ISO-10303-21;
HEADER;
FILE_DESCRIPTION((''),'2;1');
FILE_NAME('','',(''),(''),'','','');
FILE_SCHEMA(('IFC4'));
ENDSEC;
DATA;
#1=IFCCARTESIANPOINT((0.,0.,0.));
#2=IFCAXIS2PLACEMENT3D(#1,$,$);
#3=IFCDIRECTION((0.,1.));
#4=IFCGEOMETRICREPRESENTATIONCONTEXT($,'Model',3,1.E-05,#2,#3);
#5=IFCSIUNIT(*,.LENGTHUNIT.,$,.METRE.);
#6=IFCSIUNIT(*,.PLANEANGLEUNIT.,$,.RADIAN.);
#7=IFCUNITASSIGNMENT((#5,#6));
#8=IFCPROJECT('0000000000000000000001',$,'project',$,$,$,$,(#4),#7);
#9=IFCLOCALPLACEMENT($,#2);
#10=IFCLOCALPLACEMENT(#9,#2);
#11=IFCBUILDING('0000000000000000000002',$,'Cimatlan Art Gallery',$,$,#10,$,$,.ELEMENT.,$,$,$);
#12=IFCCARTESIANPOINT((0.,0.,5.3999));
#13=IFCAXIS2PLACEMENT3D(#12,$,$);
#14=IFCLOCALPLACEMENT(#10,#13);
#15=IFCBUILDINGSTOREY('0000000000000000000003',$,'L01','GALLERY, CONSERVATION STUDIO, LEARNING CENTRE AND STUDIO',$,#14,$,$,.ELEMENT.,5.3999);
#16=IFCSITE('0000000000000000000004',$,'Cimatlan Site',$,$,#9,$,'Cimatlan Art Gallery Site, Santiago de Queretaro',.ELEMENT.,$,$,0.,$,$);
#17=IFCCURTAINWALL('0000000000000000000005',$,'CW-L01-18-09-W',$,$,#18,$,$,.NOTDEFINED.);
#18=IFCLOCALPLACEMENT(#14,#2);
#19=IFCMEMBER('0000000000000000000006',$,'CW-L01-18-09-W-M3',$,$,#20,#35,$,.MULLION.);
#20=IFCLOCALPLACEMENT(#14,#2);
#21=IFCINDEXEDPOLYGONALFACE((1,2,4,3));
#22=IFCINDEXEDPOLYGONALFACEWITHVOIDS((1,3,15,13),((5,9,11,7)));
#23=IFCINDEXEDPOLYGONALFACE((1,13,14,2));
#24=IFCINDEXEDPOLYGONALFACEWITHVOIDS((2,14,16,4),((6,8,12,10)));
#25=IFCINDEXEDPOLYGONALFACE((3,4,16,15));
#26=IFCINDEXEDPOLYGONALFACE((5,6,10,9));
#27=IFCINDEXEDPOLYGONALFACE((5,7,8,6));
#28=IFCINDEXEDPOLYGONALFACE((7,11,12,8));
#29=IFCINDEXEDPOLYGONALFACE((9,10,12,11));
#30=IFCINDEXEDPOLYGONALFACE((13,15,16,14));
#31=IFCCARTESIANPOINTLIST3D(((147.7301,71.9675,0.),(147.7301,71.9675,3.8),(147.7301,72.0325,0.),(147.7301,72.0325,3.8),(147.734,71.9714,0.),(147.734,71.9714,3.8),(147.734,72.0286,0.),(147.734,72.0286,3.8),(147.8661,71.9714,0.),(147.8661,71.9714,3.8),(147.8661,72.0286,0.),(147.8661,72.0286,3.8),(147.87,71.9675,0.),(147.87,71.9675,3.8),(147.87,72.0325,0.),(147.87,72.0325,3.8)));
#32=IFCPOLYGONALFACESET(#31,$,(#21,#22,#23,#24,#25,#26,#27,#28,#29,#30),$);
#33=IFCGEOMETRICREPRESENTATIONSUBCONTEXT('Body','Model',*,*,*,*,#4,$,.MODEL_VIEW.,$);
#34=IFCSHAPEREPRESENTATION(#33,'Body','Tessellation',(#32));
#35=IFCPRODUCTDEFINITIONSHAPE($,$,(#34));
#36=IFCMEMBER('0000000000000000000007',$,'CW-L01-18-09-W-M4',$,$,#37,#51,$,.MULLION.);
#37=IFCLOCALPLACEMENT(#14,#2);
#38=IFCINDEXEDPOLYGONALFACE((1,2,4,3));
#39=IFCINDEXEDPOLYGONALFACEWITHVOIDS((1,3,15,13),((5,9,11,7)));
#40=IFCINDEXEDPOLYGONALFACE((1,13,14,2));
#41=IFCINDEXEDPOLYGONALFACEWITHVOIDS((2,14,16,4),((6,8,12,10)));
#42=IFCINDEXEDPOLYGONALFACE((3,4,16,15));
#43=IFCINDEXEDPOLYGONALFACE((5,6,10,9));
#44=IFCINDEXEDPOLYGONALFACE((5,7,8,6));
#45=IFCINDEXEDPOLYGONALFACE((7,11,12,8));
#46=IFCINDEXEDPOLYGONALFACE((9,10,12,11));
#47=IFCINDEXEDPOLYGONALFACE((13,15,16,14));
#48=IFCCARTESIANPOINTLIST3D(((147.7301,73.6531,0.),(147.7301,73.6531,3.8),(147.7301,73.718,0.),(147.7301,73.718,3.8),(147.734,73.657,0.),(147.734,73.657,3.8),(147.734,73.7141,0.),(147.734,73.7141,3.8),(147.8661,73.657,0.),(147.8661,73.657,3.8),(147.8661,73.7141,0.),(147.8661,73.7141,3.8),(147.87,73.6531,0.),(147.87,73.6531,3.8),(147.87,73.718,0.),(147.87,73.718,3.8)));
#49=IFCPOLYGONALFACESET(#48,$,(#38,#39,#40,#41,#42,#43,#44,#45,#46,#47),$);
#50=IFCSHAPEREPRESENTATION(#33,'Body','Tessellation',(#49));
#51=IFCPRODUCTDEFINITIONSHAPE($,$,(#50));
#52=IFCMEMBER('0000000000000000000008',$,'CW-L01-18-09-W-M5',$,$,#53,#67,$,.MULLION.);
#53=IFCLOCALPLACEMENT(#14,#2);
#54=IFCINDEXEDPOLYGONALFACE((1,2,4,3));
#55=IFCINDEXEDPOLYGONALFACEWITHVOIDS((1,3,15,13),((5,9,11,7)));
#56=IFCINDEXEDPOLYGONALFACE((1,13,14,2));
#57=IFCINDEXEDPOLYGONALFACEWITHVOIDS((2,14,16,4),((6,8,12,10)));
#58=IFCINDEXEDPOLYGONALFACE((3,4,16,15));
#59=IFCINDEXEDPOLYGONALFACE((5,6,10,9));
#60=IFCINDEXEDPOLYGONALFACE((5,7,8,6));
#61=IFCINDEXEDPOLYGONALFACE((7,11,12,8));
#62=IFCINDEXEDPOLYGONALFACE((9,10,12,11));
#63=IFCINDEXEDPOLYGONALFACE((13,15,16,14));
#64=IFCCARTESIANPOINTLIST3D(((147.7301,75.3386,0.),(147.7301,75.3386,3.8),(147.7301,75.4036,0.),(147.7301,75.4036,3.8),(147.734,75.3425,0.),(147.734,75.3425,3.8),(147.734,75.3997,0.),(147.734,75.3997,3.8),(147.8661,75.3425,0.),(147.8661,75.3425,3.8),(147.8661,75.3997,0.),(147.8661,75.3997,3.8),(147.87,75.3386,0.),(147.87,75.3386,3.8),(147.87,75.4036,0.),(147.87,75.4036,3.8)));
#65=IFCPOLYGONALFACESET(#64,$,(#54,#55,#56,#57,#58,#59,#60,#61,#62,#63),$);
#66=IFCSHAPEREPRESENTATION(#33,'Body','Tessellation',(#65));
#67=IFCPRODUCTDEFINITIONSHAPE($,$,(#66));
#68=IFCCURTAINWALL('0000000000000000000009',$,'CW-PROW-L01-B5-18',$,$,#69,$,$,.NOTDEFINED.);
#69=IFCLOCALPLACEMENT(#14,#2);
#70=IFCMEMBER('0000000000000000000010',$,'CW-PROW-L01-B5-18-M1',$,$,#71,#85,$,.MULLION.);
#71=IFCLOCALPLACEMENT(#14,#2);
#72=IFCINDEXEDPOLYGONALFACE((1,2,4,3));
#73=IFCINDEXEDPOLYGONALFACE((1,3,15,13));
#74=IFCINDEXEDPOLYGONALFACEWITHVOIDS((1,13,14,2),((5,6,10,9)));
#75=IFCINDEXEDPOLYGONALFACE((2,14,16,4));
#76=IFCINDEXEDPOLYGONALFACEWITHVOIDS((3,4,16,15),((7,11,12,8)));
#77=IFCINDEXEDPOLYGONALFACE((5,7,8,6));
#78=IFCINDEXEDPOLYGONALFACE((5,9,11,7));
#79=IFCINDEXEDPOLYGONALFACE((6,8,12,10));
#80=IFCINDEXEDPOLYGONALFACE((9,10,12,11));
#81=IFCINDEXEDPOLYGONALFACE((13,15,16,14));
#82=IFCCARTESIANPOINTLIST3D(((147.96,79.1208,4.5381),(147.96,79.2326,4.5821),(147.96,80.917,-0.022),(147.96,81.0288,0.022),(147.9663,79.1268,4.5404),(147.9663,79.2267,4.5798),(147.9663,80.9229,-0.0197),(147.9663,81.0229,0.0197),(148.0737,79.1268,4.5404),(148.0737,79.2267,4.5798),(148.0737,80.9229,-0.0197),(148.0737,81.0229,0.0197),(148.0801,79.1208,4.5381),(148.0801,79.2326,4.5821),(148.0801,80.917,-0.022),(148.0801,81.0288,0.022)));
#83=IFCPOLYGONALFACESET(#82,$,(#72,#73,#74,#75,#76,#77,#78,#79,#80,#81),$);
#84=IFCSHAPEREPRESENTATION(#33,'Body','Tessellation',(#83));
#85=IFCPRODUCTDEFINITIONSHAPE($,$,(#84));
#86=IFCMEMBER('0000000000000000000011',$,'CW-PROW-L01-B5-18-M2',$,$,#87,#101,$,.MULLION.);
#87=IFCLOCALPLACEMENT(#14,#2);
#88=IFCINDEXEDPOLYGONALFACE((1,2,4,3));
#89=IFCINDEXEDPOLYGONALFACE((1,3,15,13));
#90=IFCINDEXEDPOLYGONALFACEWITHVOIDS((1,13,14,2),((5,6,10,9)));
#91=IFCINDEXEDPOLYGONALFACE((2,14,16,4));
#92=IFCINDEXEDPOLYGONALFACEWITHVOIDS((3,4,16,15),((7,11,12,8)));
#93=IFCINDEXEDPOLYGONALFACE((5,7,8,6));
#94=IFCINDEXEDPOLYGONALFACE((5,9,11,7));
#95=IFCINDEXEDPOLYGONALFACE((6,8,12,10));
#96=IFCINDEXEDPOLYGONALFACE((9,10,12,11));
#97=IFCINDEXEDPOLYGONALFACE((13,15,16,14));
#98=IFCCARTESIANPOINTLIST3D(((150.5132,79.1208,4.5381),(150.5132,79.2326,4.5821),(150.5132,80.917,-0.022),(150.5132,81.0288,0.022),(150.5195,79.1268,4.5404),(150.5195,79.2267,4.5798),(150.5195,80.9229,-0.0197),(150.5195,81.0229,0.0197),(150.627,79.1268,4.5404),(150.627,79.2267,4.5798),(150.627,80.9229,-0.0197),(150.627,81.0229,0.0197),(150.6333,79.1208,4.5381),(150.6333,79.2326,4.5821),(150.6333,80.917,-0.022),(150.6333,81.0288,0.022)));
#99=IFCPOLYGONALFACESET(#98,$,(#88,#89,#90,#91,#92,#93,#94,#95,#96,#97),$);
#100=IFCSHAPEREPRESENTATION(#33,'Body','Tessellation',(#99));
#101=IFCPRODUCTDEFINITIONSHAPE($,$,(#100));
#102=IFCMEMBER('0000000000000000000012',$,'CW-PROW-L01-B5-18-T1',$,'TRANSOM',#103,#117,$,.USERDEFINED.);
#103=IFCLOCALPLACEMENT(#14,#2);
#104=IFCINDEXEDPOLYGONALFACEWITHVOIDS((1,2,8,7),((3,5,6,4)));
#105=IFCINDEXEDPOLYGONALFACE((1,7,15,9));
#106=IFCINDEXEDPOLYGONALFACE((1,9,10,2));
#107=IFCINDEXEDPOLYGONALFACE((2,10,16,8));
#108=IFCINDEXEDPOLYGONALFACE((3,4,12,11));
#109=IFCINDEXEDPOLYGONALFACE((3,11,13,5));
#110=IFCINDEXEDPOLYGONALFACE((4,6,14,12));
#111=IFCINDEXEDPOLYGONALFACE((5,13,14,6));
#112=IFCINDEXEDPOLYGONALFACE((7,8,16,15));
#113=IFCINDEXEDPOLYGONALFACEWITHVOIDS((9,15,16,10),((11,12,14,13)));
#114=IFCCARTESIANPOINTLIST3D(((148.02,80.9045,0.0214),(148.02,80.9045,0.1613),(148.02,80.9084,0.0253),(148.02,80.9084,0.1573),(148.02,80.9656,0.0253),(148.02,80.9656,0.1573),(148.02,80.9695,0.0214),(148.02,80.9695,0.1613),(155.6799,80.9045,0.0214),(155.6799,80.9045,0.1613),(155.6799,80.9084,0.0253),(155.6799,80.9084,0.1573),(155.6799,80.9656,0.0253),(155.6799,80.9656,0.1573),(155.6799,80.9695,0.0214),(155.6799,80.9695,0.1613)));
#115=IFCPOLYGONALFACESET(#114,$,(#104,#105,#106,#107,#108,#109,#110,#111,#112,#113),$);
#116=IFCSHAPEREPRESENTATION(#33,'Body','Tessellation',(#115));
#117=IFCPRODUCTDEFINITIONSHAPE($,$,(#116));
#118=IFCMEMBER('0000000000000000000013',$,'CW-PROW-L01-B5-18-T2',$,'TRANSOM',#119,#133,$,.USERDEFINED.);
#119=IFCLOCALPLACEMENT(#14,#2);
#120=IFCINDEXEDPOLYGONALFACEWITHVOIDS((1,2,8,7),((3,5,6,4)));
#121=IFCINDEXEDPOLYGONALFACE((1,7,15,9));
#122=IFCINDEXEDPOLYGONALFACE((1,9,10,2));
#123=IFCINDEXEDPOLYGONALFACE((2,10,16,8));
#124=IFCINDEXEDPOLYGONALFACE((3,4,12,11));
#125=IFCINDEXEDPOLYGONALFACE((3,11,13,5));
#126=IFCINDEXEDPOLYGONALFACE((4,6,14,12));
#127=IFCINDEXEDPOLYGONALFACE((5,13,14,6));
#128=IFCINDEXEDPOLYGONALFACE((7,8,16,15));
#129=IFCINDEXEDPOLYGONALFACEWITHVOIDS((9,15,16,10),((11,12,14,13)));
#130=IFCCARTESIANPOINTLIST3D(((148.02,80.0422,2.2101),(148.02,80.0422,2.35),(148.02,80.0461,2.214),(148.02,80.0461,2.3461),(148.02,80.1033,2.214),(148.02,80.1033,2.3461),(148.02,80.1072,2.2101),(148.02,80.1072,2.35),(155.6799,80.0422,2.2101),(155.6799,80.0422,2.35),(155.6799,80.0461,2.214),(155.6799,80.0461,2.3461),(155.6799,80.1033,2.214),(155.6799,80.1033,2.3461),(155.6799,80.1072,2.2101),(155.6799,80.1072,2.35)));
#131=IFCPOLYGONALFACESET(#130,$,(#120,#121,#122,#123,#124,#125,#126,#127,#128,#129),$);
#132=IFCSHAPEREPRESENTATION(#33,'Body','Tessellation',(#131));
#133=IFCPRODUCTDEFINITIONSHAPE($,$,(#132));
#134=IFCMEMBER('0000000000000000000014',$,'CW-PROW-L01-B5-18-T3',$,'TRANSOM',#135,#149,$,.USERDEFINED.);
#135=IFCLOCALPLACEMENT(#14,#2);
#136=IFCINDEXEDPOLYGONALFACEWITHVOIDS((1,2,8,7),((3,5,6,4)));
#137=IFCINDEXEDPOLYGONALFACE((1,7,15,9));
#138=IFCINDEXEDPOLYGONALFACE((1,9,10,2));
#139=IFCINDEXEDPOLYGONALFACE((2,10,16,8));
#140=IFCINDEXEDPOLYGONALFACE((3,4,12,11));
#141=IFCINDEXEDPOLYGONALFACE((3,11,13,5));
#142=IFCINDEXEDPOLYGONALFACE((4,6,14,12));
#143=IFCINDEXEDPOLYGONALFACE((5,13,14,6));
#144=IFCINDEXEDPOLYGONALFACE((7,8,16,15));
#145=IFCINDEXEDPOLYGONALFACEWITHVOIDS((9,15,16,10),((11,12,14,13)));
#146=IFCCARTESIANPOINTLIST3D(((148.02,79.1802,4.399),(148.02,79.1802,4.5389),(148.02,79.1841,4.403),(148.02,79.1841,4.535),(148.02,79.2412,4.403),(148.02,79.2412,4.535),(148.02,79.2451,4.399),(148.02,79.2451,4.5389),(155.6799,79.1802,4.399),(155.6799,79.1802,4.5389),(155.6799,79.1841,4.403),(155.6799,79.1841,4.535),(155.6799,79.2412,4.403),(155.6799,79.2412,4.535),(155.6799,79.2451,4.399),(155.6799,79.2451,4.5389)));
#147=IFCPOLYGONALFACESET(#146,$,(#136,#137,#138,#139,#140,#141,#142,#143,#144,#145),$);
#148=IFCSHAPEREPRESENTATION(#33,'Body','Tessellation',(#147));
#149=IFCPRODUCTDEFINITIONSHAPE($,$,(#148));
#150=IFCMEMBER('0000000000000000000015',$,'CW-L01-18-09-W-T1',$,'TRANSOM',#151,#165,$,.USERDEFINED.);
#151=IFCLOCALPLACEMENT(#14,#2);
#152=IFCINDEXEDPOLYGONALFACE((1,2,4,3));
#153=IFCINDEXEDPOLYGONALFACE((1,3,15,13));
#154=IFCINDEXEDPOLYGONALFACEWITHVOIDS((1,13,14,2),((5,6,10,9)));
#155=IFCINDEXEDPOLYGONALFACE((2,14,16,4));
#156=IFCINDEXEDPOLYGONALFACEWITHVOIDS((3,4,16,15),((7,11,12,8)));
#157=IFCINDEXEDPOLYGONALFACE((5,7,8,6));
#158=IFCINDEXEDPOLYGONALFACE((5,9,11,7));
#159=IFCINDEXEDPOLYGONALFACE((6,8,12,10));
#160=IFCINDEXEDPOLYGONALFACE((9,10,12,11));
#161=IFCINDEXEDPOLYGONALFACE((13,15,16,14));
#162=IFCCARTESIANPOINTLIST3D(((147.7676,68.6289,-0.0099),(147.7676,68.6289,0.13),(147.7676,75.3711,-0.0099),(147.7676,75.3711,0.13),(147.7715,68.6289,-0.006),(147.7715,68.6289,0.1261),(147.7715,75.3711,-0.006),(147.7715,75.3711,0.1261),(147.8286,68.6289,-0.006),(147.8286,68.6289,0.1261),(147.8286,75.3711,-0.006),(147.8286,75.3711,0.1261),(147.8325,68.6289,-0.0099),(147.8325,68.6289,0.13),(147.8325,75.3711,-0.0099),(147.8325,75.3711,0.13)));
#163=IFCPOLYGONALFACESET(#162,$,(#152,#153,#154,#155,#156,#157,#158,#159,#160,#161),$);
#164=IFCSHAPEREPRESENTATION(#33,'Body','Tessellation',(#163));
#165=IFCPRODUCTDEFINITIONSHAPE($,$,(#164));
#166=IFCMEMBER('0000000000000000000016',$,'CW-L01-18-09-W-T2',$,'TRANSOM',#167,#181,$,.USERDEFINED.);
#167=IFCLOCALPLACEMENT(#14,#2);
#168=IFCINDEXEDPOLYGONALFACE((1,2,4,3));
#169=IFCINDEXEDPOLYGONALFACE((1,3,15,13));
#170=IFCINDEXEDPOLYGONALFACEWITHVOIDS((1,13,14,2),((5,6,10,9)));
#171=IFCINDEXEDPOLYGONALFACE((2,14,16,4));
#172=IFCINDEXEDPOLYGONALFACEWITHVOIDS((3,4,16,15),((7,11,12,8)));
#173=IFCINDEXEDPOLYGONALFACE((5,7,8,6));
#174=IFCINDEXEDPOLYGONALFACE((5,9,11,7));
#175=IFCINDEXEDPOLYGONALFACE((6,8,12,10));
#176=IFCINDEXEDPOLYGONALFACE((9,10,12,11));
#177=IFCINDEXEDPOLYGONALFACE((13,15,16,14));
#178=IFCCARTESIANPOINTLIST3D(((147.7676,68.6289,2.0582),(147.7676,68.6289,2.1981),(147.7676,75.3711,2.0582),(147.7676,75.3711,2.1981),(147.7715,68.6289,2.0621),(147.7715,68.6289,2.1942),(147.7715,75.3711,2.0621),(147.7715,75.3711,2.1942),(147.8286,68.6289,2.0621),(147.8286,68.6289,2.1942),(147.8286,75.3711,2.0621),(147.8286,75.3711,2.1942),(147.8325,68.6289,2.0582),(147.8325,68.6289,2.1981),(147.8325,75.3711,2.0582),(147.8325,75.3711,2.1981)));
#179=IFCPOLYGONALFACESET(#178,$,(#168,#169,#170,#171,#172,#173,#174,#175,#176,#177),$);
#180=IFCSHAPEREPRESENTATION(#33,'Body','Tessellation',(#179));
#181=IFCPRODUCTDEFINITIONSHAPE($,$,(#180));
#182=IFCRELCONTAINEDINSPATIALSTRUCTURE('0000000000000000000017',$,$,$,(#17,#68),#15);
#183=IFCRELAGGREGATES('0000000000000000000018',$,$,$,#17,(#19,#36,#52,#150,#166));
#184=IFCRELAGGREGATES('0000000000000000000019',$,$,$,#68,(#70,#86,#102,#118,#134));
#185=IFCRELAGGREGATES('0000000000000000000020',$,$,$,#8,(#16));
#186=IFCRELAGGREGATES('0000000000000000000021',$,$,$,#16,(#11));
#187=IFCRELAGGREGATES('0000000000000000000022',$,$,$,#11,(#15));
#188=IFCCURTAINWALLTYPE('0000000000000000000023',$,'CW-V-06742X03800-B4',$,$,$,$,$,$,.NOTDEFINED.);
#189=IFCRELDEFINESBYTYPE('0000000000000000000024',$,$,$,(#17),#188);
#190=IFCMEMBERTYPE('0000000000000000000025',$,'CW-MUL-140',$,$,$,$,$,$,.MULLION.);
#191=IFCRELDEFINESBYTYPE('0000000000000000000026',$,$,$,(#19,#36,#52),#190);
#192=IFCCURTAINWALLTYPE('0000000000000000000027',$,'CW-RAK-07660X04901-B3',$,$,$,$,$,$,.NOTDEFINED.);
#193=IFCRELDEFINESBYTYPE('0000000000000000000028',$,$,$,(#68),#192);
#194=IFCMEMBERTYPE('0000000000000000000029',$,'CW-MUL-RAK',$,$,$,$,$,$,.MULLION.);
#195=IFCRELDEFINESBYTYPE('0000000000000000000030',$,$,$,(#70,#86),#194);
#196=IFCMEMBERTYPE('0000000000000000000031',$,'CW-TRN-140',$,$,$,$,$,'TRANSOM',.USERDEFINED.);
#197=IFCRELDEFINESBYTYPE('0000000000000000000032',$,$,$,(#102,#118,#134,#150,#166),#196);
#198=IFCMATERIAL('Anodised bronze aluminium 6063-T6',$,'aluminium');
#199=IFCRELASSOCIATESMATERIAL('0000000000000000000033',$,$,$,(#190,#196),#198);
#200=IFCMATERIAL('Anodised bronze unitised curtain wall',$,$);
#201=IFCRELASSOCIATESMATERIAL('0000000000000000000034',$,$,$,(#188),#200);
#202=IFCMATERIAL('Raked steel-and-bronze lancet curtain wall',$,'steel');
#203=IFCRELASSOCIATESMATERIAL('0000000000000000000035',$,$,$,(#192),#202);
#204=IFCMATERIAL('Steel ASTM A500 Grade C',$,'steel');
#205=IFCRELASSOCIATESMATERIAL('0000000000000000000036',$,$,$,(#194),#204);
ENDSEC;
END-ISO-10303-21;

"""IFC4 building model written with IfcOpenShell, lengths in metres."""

from ifc_helpers import new_model, si_unit, direction, frame, origin, origin_2d, place, context, subcontext, project, spatial, hollow_rectangle, extrude, material, material_profile, profile_set, type_object, element, aggregate, save


model = new_model("IFC4")

# Units and contexts
model_context = context("Model", 3, precision=1e-05, world=origin(), true_north=direction((0.0, 1.0)))
body_context = subcontext(model_context, "Body", "Model", "MODEL_VIEW")
ifc_project = project(units=[si_unit("LENGTHUNIT", "METRE"), si_unit("PLANEANGLEUNIT", "RADIAN")], contexts=[model_context])

# Site, building, storey
site_placement = place(None, origin())
site = spatial("IfcSite", under=ifc_project, at=site_placement, Name="Cimatlan Site", LongName="Cimatlan Art Gallery Site, Santiago de Queretaro", CompositionType="ELEMENT", RefElevation=0.0)
building_placement = place(site_placement, origin())
building = spatial("IfcBuilding", under=site, at=building_placement, Name="Cimatlan Art Gallery", CompositionType="ELEMENT")
storey_placement = place(building_placement, frame((0.0, 0.0, 5.3999)))
storey = spatial("IfcBuildingStorey", under=building, at=storey_placement, Name="L01", Description="GALLERY, CONSERVATION STUDIO, LEARNING CENTRE AND STUDIO", CompositionType="ELEMENT", Elevation=5.3999)

# Shared definitions
ifc_material_1 = material(Name="Anodised bronze unitised curtain wall")
ifc_material_2 = material(Name="Anodised bronze aluminium 6063-T6", Category="aluminium")
ifc_material_profile_1 = material_profile(ifc_material_2, hollow_rectangle(XDim=0.0649, YDim=0.1399, WallThickness=0.0039, at=origin_2d()), Name="ALU65X140X4")
ifc_profile_set_1 = profile_set([ifc_material_profile_1], Name="Anodised bronze aluminium 6063-T6")
member_type_1 = type_object("IfcMemberType", Name="CW-MUL-140", PredefinedType="MULLION", material=ifc_profile_set_1)

# Curtain walls, members
curtain_wall_type_1 = type_object("IfcCurtainWallType", Name="CW-V-06742X03800-B4", PredefinedType="NOTDEFINED", material=ifc_material_1)
curtain_wall_1_placement = place(storey_placement, origin())
curtain_wall_1 = element("IfcCurtainWall", 1, at=curtain_wall_1_placement, inside=storey, type_object=curtain_wall_type_1, Name="CW-L01-18-09-W", PredefinedType="NOTDEFINED")
member_1_placement = place(storey_placement, frame((147.8, 72.0, 0.0), z_axis=(0.0, 0.0, 1.0), x_axis=(0.0, 1.0, 0.0)))
member_1 = element("IfcMember", 2, at=member_1_placement, type_object=member_type_1, Name="CW-L01-18-09-W-M3", PredefinedType="MULLION", context=body_context, shape_type="SweptSolid", body=[
    extrude(hollow_rectangle(XDim=0.0649, YDim=0.1399, WallThickness=0.0039, at=origin_2d()), origin(), (0.0, 0.0, 1.0), 3.8),
])
member_2_placement = place(storey_placement, frame((147.8, 73.6855, 0.0), z_axis=(0.0, 0.0, 1.0), x_axis=(0.0, 1.0, 0.0)))
member_2 = element("IfcMember", 3, at=member_2_placement, type_object=member_type_1, Name="CW-L01-18-09-W-M4", PredefinedType="MULLION", context=body_context, shape_type="SweptSolid", body=[
    extrude(hollow_rectangle(XDim=0.0649, YDim=0.1399, WallThickness=0.0039, at=origin_2d()), origin(), (0.0, 0.0, 1.0), 3.8),
])
member_3_placement = place(storey_placement, frame((147.8, 75.3711, 0.0), z_axis=(0.0, 0.0, 1.0), x_axis=(0.0, 1.0, 0.0)))
member_3 = element("IfcMember", 4, at=member_3_placement, type_object=member_type_1, Name="CW-L01-18-09-W-M5", PredefinedType="MULLION", context=body_context, shape_type="SweptSolid", body=[
    extrude(hollow_rectangle(XDim=0.0649, YDim=0.1399, WallThickness=0.0039, at=origin_2d()), origin(), (0.0, 0.0, 1.0), 3.8),
])
ifc_material_3 = material(Name="Raked steel-and-bronze lancet curtain wall", Category="steel")
curtain_wall_type_2 = type_object("IfcCurtainWallType", Name="CW-RAK-07660X04901-B3", PredefinedType="NOTDEFINED", material=ifc_material_3)
curtain_wall_2_placement = place(storey_placement, origin())
curtain_wall_2 = element("IfcCurtainWall", 5, at=curtain_wall_2_placement, inside=storey, type_object=curtain_wall_type_2, Name="CW-PROW-L01-B5-18", PredefinedType="NOTDEFINED")
ifc_material_4 = material(Name="Steel ASTM A500 Grade C", Category="steel")
ifc_material_profile_2 = material_profile(ifc_material_4, hollow_rectangle(XDim=0.1201, YDim=0.1201, WallThickness=0.0063, at=origin_2d()), Name="HSS120X120X6")
ifc_profile_set_2 = profile_set([ifc_material_profile_2], Name="Steel ASTM A500 Grade C")
member_type_2 = type_object("IfcMemberType", Name="CW-MUL-RAK", PredefinedType="MULLION", material=ifc_profile_set_2)
member_4_placement = place(storey_placement, frame((148.02, 80.9729, 0.0), z_axis=(0.0, -0.366481, 0.930425), x_axis=(1.0, 0.0, 0.0)))
member_4 = element("IfcMember", 6, at=member_4_placement, type_object=member_type_2, Name="CW-PROW-L01-B5-18-M1", PredefinedType="MULLION", context=body_context, shape_type="SweptSolid", body=[
    extrude(hollow_rectangle(XDim=0.1201, YDim=0.1201, WallThickness=0.0063, at=origin_2d()), origin(), (0.0, 0.0, 1.0), 4.9011),
])
member_5_placement = place(storey_placement, frame((150.5732, 80.9729, 0.0), z_axis=(0.0, -0.366481, 0.930425), x_axis=(1.0, 0.0, 0.0)))
member_5 = element("IfcMember", 7, at=member_5_placement, type_object=member_type_2, Name="CW-PROW-L01-B5-18-M2", PredefinedType="MULLION", context=body_context, shape_type="SweptSolid", body=[
    extrude(hollow_rectangle(XDim=0.1201, YDim=0.1201, WallThickness=0.0063, at=origin_2d()), origin(), (0.0, 0.0, 1.0), 4.9011),
])
ifc_material_profile_3 = material_profile(ifc_material_2, hollow_rectangle(XDim=0.0649, YDim=0.1399, WallThickness=0.0039, at=origin_2d()), Name="ALU65X140X4")
ifc_profile_set_3 = profile_set([ifc_material_profile_3], Name="Anodised bronze aluminium 6063-T6")
member_type_3 = type_object("IfcMemberType", Name="CW-TRN-140", ElementType="TRANSOM", PredefinedType="USERDEFINED", material=ifc_profile_set_3)
member_6_placement = place(storey_placement, frame((148.02, 80.937, 0.0913), z_axis=(1.0, 0.0, 0.0), x_axis=(0.0, 1.0, 0.0)))
member_6 = element("IfcMember", 8, at=member_6_placement, type_object=member_type_3, Name="CW-PROW-L01-B5-18-T1", ObjectType="TRANSOM", PredefinedType="USERDEFINED", context=body_context, shape_type="SweptSolid", body=[
    extrude(hollow_rectangle(XDim=0.0649, YDim=0.1399, WallThickness=0.0039, at=origin_2d()), origin(), (0.0, 0.0, 1.0), 7.6599),
])
member_7_placement = place(storey_placement, frame((148.02, 80.0747, 2.28), z_axis=(1.0, 0.0, 0.0), x_axis=(0.0, 1.0, 0.0)))
member_7 = element("IfcMember", 9, at=member_7_placement, type_object=member_type_3, Name="CW-PROW-L01-B5-18-T2", ObjectType="TRANSOM", PredefinedType="USERDEFINED", context=body_context, shape_type="SweptSolid", body=[
    extrude(hollow_rectangle(XDim=0.0649, YDim=0.1399, WallThickness=0.0039, at=origin_2d()), origin(), (0.0, 0.0, 1.0), 7.6599),
])
member_8_placement = place(storey_placement, frame((148.02, 79.2126, 4.469), z_axis=(1.0, 0.0, 0.0), x_axis=(0.0, 1.0, 0.0)))
member_8 = element("IfcMember", 10, at=member_8_placement, type_object=member_type_3, Name="CW-PROW-L01-B5-18-T3", ObjectType="TRANSOM", PredefinedType="USERDEFINED", context=body_context, shape_type="SweptSolid", body=[
    extrude(hollow_rectangle(XDim=0.0649, YDim=0.1399, WallThickness=0.0039, at=origin_2d()), origin(), (0.0, 0.0, 1.0), 7.6599),
])

# Members
member_9_placement = place(storey_placement, frame((147.8, 68.6289, 0.0601), z_axis=(0.0, 1.0, 0.0), x_axis=(-1.0, 0.0, 0.0)))
member_9 = element("IfcMember", 11, at=member_9_placement, type_object=member_type_3, Name="CW-L01-18-09-W-T1", ObjectType="TRANSOM", PredefinedType="USERDEFINED", context=body_context, shape_type="SweptSolid", body=[
    extrude(hollow_rectangle(XDim=0.0649, YDim=0.1399, WallThickness=0.0039, at=origin_2d()), origin(), (0.0, 0.0, 1.0), 6.7422),
])
member_10_placement = place(storey_placement, frame((147.8, 68.6289, 2.1282), z_axis=(0.0, 1.0, 0.0), x_axis=(-1.0, 0.0, 0.0)))
member_10 = element("IfcMember", 12, at=member_10_placement, type_object=member_type_3, Name="CW-L01-18-09-W-T2", ObjectType="TRANSOM", PredefinedType="USERDEFINED", context=body_context, shape_type="SweptSolid", body=[
    extrude(hollow_rectangle(XDim=0.0649, YDim=0.1399, WallThickness=0.0039, at=origin_2d()), origin(), (0.0, 0.0, 1.0), 6.7422),
])

aggregate(curtain_wall_1, [member_1, member_2, member_3, member_9, member_10])
aggregate(curtain_wall_2, [member_4, member_5, member_6, member_7, member_8])

save(model, "model.ifc")
